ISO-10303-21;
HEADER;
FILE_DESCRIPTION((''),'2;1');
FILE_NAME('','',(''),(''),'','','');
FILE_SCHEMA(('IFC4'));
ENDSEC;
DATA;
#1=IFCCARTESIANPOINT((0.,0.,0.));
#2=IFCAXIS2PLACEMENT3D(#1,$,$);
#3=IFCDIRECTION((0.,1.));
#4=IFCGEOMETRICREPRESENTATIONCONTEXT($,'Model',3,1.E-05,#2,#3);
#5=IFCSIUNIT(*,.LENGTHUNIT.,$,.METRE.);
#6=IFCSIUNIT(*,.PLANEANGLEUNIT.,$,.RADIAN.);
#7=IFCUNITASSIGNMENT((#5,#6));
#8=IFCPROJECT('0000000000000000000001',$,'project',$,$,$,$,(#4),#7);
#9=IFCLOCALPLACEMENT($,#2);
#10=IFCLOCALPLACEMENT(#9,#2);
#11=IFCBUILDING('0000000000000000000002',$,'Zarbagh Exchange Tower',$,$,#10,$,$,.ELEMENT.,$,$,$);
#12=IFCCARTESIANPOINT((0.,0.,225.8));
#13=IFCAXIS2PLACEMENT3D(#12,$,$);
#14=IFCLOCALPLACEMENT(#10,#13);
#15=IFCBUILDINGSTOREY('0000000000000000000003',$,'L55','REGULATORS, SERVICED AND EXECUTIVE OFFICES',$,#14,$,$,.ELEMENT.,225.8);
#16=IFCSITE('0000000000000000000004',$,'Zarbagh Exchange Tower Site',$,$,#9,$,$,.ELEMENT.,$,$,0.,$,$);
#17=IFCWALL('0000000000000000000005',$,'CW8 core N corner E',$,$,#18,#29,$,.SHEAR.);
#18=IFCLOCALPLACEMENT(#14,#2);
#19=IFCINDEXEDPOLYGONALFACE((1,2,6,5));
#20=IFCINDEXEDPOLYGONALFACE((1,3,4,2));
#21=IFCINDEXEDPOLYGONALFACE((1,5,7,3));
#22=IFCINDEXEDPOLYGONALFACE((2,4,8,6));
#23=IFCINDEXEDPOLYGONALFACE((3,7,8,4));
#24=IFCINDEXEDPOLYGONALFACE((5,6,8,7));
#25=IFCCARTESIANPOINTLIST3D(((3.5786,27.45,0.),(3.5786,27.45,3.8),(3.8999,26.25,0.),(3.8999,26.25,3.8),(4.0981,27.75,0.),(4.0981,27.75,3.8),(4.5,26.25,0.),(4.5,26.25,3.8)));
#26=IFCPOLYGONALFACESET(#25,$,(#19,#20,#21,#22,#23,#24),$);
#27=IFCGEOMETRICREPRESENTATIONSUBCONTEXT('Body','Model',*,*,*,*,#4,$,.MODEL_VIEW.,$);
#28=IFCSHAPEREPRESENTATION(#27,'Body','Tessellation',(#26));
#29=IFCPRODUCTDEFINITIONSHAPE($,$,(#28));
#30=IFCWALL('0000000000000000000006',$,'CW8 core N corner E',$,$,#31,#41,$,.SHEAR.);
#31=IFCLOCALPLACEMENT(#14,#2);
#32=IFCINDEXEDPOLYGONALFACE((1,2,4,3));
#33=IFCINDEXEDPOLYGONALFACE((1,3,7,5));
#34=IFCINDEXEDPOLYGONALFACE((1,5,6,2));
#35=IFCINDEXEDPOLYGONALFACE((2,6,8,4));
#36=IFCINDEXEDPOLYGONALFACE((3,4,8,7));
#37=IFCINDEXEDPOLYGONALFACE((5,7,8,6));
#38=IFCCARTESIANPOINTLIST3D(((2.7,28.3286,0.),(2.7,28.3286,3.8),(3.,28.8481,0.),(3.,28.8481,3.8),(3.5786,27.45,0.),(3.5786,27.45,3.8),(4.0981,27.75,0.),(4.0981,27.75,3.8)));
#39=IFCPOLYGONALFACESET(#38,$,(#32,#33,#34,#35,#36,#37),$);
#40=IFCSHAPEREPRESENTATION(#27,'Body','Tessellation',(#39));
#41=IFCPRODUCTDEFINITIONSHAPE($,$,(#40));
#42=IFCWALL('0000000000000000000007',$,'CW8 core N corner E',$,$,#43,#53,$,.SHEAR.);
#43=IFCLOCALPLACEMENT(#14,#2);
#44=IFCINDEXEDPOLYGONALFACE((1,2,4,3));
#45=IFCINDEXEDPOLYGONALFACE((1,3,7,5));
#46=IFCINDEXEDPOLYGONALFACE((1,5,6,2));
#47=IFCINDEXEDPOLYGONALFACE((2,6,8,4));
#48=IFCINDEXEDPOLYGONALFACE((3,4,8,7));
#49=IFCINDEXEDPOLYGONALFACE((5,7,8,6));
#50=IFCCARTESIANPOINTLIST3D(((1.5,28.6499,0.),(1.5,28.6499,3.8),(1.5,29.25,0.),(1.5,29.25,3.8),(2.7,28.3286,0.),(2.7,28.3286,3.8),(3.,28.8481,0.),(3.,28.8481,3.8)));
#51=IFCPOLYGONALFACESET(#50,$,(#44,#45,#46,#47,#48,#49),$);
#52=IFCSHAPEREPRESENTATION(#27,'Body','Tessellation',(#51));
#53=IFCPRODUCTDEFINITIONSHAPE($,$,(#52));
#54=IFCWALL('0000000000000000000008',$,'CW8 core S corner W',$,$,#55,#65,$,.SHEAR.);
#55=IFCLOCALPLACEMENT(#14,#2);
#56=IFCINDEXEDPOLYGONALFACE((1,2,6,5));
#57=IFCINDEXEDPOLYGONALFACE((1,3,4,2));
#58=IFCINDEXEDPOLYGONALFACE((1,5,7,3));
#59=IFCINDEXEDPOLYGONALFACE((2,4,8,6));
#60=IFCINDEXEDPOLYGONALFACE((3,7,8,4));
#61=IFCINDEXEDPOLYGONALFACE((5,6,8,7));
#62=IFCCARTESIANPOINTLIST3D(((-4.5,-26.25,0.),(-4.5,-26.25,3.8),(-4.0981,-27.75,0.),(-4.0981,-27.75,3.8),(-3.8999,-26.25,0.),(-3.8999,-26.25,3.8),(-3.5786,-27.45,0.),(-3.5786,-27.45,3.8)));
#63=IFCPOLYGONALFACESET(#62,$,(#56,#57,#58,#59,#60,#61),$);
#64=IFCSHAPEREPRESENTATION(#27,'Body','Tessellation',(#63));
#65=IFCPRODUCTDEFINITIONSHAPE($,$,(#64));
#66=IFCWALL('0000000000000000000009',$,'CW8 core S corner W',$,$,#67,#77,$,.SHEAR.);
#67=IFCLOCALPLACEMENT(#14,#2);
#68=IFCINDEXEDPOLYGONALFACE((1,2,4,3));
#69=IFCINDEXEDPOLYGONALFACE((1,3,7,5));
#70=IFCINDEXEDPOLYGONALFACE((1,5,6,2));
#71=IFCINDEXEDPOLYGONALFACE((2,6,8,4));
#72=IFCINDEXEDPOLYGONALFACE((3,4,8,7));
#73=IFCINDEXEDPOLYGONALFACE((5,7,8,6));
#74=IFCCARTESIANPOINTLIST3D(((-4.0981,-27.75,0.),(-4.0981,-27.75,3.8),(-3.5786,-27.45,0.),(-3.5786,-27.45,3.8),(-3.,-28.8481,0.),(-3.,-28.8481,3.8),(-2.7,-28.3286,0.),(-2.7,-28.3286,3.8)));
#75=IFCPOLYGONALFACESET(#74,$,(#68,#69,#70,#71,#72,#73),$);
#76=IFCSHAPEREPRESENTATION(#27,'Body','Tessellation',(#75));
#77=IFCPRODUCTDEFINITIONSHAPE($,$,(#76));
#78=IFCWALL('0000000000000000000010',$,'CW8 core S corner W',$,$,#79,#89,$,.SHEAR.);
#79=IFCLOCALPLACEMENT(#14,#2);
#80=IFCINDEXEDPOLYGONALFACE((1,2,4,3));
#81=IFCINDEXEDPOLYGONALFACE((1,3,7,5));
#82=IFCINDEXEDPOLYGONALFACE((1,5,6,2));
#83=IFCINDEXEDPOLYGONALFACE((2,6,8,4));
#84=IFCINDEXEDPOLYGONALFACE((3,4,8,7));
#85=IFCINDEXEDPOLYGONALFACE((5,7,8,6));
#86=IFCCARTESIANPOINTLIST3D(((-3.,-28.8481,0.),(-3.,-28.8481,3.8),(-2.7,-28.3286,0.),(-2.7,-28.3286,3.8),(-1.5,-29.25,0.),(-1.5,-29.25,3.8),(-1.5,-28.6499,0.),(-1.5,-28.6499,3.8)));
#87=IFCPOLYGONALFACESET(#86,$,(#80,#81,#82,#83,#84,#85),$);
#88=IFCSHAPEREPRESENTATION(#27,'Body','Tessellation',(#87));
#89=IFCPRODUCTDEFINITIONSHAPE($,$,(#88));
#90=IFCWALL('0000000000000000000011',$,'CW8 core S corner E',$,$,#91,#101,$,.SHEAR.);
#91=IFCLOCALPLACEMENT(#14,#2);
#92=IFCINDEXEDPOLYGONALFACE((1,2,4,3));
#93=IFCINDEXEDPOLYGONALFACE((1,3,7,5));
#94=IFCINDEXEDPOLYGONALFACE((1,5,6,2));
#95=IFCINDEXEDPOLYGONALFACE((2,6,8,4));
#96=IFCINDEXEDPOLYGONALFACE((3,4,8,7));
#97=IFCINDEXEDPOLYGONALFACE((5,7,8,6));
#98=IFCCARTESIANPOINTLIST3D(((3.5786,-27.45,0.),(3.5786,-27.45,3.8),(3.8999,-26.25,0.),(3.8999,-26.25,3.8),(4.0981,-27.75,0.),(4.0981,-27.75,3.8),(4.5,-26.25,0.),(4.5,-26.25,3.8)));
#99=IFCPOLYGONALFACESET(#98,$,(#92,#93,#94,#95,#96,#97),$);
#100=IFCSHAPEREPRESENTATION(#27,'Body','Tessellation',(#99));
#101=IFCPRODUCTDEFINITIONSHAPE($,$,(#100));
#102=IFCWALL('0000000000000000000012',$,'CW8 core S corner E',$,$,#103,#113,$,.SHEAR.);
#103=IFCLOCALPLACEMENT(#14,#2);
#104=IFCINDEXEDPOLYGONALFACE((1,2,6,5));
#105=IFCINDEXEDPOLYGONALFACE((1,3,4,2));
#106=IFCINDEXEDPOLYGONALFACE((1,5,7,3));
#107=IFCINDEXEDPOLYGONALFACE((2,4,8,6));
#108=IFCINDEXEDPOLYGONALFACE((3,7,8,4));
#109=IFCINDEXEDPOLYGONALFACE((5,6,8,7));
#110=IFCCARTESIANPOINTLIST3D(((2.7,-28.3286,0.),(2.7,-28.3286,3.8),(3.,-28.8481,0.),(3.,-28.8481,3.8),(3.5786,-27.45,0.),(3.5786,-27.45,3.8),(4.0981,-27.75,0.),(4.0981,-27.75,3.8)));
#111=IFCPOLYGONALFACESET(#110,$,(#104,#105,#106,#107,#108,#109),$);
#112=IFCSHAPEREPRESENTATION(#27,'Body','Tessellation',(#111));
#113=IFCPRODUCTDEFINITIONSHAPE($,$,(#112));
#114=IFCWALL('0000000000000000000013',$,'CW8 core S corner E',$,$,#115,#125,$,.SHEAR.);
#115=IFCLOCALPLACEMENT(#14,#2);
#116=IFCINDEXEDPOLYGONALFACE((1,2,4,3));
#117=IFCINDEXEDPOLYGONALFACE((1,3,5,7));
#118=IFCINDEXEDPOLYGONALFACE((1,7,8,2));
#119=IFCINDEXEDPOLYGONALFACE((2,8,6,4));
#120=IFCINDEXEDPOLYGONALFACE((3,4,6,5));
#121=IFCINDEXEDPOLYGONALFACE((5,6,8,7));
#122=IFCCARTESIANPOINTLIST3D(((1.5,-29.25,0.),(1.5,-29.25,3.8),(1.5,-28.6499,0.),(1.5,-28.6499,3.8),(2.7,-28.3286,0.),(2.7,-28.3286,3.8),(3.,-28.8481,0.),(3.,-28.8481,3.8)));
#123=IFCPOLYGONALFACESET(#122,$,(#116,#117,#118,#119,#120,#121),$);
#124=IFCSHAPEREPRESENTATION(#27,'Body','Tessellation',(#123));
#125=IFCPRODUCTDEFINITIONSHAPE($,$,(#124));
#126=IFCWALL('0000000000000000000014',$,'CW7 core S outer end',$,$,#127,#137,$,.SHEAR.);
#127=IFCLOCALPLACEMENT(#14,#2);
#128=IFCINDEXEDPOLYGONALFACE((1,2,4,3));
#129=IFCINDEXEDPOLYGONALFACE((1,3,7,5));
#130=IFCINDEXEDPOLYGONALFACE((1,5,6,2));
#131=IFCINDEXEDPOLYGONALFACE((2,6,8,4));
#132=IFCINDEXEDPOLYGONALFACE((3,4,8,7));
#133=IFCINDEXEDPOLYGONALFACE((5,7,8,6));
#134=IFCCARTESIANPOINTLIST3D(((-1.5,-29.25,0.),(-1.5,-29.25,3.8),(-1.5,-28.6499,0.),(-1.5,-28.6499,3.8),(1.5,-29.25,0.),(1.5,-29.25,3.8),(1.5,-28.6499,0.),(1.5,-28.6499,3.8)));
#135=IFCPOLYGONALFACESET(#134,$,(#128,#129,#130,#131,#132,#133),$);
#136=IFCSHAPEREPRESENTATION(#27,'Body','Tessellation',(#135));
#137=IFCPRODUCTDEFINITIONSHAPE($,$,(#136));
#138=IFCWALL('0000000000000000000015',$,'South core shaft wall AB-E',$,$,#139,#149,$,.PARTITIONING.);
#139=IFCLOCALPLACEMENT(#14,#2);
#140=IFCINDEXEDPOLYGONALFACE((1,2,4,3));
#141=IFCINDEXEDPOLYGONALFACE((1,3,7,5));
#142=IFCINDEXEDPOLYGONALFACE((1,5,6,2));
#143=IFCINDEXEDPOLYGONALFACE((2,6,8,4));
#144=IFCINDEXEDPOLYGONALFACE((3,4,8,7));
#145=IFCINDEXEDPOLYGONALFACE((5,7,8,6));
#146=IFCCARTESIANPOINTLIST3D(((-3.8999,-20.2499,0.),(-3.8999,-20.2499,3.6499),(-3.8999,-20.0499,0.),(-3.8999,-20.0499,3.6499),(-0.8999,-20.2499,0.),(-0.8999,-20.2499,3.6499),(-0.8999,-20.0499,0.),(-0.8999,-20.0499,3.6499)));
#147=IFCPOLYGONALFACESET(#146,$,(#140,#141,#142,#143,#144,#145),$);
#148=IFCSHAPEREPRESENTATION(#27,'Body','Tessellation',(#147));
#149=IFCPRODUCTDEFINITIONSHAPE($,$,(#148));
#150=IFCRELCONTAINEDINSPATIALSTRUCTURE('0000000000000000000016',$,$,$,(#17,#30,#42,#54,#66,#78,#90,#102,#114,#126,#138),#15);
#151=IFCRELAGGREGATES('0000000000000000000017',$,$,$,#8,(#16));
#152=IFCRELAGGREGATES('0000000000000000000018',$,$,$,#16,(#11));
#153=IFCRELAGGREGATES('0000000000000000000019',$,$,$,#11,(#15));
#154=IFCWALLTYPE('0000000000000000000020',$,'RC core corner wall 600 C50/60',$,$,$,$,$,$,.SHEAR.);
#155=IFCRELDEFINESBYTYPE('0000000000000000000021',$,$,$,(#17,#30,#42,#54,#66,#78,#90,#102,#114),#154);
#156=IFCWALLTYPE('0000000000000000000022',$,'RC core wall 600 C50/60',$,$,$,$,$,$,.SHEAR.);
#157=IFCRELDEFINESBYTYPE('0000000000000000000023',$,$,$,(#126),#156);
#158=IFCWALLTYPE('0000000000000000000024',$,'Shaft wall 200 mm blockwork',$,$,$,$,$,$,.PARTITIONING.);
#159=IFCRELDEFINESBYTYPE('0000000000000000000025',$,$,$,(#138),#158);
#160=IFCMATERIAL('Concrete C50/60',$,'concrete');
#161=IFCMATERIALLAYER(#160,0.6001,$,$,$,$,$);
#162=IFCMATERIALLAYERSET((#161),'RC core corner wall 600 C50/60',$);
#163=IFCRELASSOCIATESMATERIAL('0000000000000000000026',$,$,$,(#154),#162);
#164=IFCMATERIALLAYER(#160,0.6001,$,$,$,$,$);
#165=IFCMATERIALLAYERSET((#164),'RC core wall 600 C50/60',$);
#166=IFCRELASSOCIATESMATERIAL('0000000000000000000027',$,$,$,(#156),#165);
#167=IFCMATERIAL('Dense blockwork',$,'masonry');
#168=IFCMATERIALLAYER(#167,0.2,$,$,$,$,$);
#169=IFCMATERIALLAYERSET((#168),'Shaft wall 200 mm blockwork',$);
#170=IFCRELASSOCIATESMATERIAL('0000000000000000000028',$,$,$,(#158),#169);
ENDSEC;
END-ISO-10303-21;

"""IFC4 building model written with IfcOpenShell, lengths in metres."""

from ifc_helpers import new_model, si_unit, direction, frame, frame_2d, origin, place, context, subcontext, project, spatial, polyline, rectangle, outline, extrude, material, layer, layer_set, type_object, element, save


model = new_model("IFC4")

# Units and contexts
model_context = context("Model", 3, precision=1e-05, world=origin(), true_north=direction((0.0, 1.0)))
body_context = subcontext(model_context, "Body", "Model", "MODEL_VIEW")
ifc_project = project(units=[si_unit("LENGTHUNIT", "METRE"), si_unit("PLANEANGLEUNIT", "RADIAN")], contexts=[model_context])

# Site, building, storey
site_placement = place(None, origin())
site = spatial("IfcSite", under=ifc_project, at=site_placement, Name="Zarbagh Exchange Tower Site", CompositionType="ELEMENT", RefElevation=0.0)
building_placement = place(site_placement, origin())
building = spatial("IfcBuilding", under=site, at=building_placement, Name="Zarbagh Exchange Tower", CompositionType="ELEMENT")
storey_placement = place(building_placement, frame((0.0, 0.0, 225.8)))
storey = spatial("IfcBuildingStorey", under=building, at=storey_placement, Name="L55", Description="REGULATORS, SERVICED AND EXECUTIVE OFFICES", CompositionType="ELEMENT", Elevation=225.8)

# Shared definitions
ifc_material_1 = material(Name="Dense blockwork", Category="masonry")

# Walls
ifc_material_2 = material(Name="Concrete C50/60", Category="concrete")
ifc_layer_1 = layer(ifc_material_2, 0.6001)
ifc_layer_set_1 = layer_set([ifc_layer_1], Name="RC core corner wall 600 C50/60")
wall_type_1 = type_object("IfcWallType", Name="RC core corner wall 600 C50/60", PredefinedType="SHEAR", material=ifc_layer_set_1)
wall_1_placement = place(storey_placement, origin())
element("IfcWall", 1, at=wall_1_placement, inside=storey, type_object=wall_type_1, Name="CW8 core N corner E", PredefinedType="SHEAR", context=body_context, shape_type="SweptSolid", body=[
    extrude(outline(polyline([(4.5, 26.25), (4.0981, 27.75), (3.5786, 27.45), (3.8999, 26.25), (4.5, 26.25)])), origin(), (0.0, 0.0, 1.0), 3.8),
])
wall_2_placement = place(storey_placement, origin())
element("IfcWall", 2, at=wall_2_placement, inside=storey, type_object=wall_type_1, Name="CW8 core N corner E", PredefinedType="SHEAR", context=body_context, shape_type="SweptSolid", body=[
    extrude(outline(polyline([(4.0981, 27.75), (3.0, 28.8481), (2.7, 28.3286), (3.5786, 27.45), (4.0981, 27.75)])), origin(), (0.0, 0.0, 1.0), 3.8),
])
wall_3_placement = place(storey_placement, origin())
element("IfcWall", 3, at=wall_3_placement, inside=storey, type_object=wall_type_1, Name="CW8 core N corner E", PredefinedType="SHEAR", context=body_context, shape_type="SweptSolid", body=[
    extrude(outline(polyline([(3.0, 28.8481), (1.5, 29.25), (1.5, 28.6499), (2.7, 28.3286), (3.0, 28.8481)])), origin(), (0.0, 0.0, 1.0), 3.8),
])
wall_4_placement = place(storey_placement, origin())
element("IfcWall", 4, at=wall_4_placement, inside=storey, type_object=wall_type_1, Name="CW8 core S corner W", PredefinedType="SHEAR", context=body_context, shape_type="SweptSolid", body=[
    extrude(outline(polyline([(-4.5, -26.25), (-4.0981, -27.75), (-3.5786, -27.45), (-3.8999, -26.25), (-4.5, -26.25)])), origin(), (0.0, 0.0, 1.0), 3.8),
])
wall_5_placement = place(storey_placement, origin())
element("IfcWall", 5, at=wall_5_placement, inside=storey, type_object=wall_type_1, Name="CW8 core S corner W", PredefinedType="SHEAR", context=body_context, shape_type="SweptSolid", body=[
    extrude(outline(polyline([(-4.0981, -27.75), (-3.0, -28.8481), (-2.7, -28.3286), (-3.5786, -27.45), (-4.0981, -27.75)])), origin(), (0.0, 0.0, 1.0), 3.8),
])
wall_6_placement = place(storey_placement, origin())
element("IfcWall", 6, at=wall_6_placement, inside=storey, type_object=wall_type_1, Name="CW8 core S corner W", PredefinedType="SHEAR", context=body_context, shape_type="SweptSolid", body=[
    extrude(outline(polyline([(-3.0, -28.8481), (-1.5, -29.25), (-1.5, -28.6499), (-2.7, -28.3286), (-3.0, -28.8481)])), origin(), (0.0, 0.0, 1.0), 3.8),
])
wall_7_placement = place(storey_placement, origin())
element("IfcWall", 7, at=wall_7_placement, inside=storey, type_object=wall_type_1, Name="CW8 core S corner E", PredefinedType="SHEAR", context=body_context, shape_type="SweptSolid", body=[
    extrude(outline(polyline([(4.5, -26.25), (4.0981, -27.75), (3.5786, -27.45), (3.8999, -26.25), (4.5, -26.25)])), origin(), (0.0, 0.0, 1.0), 3.8),
])
wall_8_placement = place(storey_placement, origin())
element("IfcWall", 8, at=wall_8_placement, inside=storey, type_object=wall_type_1, Name="CW8 core S corner E", PredefinedType="SHEAR", context=body_context, shape_type="SweptSolid", body=[
    extrude(outline(polyline([(4.0981, -27.75), (3.0, -28.8481), (2.7, -28.3286), (3.5786, -27.45), (4.0981, -27.75)])), origin(), (0.0, 0.0, 1.0), 3.8),
])
wall_9_placement = place(storey_placement, origin())
element("IfcWall", 9, at=wall_9_placement, inside=storey, type_object=wall_type_1, Name="CW8 core S corner E", PredefinedType="SHEAR", context=body_context, shape_type="SweptSolid", body=[
    extrude(outline(polyline([(3.0, -28.8481), (1.5, -29.25), (1.5, -28.6499), (2.7, -28.3286), (3.0, -28.8481)])), origin(), (0.0, 0.0, 1.0), 3.8),
])
ifc_layer_2 = layer(ifc_material_2, 0.6001)
ifc_layer_set_2 = layer_set([ifc_layer_2], Name="RC core wall 600 C50/60")
wall_type_2 = type_object("IfcWallType", Name="RC core wall 600 C50/60", PredefinedType="SHEAR", material=ifc_layer_set_2)
wall_10_placement = place(storey_placement, frame((-1.5, -28.95, 0.0), z_axis=(0.0, 0.0, 1.0), x_axis=(1.0, 0.0, 0.0)))
element("IfcWall", 10, at=wall_10_placement, inside=storey, type_object=wall_type_2, Name="CW7 core S outer end", PredefinedType="SHEAR", context=body_context, shape_type="SweptSolid", body=[
    extrude(rectangle(XDim=3.0, YDim=0.6001, at=frame_2d((1.5, 0.0))), origin(), (0.0, 0.0, 1.0), 3.8),
])
ifc_layer_3 = layer(ifc_material_1, 0.2)
ifc_layer_set_3 = layer_set([ifc_layer_3], Name="Shaft wall 200 mm blockwork")
wall_type_3 = type_object("IfcWallType", Name="Shaft wall 200 mm blockwork", PredefinedType="PARTITIONING", material=ifc_layer_set_3)
wall_11_placement = place(storey_placement, frame((-0.8999, -20.1499, 0.0), z_axis=(0.0, 0.0, 1.0), x_axis=(-1.0, 0.0, 0.0)))
element("IfcWall", 11, at=wall_11_placement, inside=storey, type_object=wall_type_3, Name="South core shaft wall AB-E", PredefinedType="PARTITIONING", context=body_context, shape_type="SweptSolid", body=[
    extrude(rectangle(XDim=3.0, YDim=0.2, at=frame_2d((1.5, 0.0))), origin(), (0.0, 0.0, 1.0), 3.6499),
])

save(model, "model.ifc")
